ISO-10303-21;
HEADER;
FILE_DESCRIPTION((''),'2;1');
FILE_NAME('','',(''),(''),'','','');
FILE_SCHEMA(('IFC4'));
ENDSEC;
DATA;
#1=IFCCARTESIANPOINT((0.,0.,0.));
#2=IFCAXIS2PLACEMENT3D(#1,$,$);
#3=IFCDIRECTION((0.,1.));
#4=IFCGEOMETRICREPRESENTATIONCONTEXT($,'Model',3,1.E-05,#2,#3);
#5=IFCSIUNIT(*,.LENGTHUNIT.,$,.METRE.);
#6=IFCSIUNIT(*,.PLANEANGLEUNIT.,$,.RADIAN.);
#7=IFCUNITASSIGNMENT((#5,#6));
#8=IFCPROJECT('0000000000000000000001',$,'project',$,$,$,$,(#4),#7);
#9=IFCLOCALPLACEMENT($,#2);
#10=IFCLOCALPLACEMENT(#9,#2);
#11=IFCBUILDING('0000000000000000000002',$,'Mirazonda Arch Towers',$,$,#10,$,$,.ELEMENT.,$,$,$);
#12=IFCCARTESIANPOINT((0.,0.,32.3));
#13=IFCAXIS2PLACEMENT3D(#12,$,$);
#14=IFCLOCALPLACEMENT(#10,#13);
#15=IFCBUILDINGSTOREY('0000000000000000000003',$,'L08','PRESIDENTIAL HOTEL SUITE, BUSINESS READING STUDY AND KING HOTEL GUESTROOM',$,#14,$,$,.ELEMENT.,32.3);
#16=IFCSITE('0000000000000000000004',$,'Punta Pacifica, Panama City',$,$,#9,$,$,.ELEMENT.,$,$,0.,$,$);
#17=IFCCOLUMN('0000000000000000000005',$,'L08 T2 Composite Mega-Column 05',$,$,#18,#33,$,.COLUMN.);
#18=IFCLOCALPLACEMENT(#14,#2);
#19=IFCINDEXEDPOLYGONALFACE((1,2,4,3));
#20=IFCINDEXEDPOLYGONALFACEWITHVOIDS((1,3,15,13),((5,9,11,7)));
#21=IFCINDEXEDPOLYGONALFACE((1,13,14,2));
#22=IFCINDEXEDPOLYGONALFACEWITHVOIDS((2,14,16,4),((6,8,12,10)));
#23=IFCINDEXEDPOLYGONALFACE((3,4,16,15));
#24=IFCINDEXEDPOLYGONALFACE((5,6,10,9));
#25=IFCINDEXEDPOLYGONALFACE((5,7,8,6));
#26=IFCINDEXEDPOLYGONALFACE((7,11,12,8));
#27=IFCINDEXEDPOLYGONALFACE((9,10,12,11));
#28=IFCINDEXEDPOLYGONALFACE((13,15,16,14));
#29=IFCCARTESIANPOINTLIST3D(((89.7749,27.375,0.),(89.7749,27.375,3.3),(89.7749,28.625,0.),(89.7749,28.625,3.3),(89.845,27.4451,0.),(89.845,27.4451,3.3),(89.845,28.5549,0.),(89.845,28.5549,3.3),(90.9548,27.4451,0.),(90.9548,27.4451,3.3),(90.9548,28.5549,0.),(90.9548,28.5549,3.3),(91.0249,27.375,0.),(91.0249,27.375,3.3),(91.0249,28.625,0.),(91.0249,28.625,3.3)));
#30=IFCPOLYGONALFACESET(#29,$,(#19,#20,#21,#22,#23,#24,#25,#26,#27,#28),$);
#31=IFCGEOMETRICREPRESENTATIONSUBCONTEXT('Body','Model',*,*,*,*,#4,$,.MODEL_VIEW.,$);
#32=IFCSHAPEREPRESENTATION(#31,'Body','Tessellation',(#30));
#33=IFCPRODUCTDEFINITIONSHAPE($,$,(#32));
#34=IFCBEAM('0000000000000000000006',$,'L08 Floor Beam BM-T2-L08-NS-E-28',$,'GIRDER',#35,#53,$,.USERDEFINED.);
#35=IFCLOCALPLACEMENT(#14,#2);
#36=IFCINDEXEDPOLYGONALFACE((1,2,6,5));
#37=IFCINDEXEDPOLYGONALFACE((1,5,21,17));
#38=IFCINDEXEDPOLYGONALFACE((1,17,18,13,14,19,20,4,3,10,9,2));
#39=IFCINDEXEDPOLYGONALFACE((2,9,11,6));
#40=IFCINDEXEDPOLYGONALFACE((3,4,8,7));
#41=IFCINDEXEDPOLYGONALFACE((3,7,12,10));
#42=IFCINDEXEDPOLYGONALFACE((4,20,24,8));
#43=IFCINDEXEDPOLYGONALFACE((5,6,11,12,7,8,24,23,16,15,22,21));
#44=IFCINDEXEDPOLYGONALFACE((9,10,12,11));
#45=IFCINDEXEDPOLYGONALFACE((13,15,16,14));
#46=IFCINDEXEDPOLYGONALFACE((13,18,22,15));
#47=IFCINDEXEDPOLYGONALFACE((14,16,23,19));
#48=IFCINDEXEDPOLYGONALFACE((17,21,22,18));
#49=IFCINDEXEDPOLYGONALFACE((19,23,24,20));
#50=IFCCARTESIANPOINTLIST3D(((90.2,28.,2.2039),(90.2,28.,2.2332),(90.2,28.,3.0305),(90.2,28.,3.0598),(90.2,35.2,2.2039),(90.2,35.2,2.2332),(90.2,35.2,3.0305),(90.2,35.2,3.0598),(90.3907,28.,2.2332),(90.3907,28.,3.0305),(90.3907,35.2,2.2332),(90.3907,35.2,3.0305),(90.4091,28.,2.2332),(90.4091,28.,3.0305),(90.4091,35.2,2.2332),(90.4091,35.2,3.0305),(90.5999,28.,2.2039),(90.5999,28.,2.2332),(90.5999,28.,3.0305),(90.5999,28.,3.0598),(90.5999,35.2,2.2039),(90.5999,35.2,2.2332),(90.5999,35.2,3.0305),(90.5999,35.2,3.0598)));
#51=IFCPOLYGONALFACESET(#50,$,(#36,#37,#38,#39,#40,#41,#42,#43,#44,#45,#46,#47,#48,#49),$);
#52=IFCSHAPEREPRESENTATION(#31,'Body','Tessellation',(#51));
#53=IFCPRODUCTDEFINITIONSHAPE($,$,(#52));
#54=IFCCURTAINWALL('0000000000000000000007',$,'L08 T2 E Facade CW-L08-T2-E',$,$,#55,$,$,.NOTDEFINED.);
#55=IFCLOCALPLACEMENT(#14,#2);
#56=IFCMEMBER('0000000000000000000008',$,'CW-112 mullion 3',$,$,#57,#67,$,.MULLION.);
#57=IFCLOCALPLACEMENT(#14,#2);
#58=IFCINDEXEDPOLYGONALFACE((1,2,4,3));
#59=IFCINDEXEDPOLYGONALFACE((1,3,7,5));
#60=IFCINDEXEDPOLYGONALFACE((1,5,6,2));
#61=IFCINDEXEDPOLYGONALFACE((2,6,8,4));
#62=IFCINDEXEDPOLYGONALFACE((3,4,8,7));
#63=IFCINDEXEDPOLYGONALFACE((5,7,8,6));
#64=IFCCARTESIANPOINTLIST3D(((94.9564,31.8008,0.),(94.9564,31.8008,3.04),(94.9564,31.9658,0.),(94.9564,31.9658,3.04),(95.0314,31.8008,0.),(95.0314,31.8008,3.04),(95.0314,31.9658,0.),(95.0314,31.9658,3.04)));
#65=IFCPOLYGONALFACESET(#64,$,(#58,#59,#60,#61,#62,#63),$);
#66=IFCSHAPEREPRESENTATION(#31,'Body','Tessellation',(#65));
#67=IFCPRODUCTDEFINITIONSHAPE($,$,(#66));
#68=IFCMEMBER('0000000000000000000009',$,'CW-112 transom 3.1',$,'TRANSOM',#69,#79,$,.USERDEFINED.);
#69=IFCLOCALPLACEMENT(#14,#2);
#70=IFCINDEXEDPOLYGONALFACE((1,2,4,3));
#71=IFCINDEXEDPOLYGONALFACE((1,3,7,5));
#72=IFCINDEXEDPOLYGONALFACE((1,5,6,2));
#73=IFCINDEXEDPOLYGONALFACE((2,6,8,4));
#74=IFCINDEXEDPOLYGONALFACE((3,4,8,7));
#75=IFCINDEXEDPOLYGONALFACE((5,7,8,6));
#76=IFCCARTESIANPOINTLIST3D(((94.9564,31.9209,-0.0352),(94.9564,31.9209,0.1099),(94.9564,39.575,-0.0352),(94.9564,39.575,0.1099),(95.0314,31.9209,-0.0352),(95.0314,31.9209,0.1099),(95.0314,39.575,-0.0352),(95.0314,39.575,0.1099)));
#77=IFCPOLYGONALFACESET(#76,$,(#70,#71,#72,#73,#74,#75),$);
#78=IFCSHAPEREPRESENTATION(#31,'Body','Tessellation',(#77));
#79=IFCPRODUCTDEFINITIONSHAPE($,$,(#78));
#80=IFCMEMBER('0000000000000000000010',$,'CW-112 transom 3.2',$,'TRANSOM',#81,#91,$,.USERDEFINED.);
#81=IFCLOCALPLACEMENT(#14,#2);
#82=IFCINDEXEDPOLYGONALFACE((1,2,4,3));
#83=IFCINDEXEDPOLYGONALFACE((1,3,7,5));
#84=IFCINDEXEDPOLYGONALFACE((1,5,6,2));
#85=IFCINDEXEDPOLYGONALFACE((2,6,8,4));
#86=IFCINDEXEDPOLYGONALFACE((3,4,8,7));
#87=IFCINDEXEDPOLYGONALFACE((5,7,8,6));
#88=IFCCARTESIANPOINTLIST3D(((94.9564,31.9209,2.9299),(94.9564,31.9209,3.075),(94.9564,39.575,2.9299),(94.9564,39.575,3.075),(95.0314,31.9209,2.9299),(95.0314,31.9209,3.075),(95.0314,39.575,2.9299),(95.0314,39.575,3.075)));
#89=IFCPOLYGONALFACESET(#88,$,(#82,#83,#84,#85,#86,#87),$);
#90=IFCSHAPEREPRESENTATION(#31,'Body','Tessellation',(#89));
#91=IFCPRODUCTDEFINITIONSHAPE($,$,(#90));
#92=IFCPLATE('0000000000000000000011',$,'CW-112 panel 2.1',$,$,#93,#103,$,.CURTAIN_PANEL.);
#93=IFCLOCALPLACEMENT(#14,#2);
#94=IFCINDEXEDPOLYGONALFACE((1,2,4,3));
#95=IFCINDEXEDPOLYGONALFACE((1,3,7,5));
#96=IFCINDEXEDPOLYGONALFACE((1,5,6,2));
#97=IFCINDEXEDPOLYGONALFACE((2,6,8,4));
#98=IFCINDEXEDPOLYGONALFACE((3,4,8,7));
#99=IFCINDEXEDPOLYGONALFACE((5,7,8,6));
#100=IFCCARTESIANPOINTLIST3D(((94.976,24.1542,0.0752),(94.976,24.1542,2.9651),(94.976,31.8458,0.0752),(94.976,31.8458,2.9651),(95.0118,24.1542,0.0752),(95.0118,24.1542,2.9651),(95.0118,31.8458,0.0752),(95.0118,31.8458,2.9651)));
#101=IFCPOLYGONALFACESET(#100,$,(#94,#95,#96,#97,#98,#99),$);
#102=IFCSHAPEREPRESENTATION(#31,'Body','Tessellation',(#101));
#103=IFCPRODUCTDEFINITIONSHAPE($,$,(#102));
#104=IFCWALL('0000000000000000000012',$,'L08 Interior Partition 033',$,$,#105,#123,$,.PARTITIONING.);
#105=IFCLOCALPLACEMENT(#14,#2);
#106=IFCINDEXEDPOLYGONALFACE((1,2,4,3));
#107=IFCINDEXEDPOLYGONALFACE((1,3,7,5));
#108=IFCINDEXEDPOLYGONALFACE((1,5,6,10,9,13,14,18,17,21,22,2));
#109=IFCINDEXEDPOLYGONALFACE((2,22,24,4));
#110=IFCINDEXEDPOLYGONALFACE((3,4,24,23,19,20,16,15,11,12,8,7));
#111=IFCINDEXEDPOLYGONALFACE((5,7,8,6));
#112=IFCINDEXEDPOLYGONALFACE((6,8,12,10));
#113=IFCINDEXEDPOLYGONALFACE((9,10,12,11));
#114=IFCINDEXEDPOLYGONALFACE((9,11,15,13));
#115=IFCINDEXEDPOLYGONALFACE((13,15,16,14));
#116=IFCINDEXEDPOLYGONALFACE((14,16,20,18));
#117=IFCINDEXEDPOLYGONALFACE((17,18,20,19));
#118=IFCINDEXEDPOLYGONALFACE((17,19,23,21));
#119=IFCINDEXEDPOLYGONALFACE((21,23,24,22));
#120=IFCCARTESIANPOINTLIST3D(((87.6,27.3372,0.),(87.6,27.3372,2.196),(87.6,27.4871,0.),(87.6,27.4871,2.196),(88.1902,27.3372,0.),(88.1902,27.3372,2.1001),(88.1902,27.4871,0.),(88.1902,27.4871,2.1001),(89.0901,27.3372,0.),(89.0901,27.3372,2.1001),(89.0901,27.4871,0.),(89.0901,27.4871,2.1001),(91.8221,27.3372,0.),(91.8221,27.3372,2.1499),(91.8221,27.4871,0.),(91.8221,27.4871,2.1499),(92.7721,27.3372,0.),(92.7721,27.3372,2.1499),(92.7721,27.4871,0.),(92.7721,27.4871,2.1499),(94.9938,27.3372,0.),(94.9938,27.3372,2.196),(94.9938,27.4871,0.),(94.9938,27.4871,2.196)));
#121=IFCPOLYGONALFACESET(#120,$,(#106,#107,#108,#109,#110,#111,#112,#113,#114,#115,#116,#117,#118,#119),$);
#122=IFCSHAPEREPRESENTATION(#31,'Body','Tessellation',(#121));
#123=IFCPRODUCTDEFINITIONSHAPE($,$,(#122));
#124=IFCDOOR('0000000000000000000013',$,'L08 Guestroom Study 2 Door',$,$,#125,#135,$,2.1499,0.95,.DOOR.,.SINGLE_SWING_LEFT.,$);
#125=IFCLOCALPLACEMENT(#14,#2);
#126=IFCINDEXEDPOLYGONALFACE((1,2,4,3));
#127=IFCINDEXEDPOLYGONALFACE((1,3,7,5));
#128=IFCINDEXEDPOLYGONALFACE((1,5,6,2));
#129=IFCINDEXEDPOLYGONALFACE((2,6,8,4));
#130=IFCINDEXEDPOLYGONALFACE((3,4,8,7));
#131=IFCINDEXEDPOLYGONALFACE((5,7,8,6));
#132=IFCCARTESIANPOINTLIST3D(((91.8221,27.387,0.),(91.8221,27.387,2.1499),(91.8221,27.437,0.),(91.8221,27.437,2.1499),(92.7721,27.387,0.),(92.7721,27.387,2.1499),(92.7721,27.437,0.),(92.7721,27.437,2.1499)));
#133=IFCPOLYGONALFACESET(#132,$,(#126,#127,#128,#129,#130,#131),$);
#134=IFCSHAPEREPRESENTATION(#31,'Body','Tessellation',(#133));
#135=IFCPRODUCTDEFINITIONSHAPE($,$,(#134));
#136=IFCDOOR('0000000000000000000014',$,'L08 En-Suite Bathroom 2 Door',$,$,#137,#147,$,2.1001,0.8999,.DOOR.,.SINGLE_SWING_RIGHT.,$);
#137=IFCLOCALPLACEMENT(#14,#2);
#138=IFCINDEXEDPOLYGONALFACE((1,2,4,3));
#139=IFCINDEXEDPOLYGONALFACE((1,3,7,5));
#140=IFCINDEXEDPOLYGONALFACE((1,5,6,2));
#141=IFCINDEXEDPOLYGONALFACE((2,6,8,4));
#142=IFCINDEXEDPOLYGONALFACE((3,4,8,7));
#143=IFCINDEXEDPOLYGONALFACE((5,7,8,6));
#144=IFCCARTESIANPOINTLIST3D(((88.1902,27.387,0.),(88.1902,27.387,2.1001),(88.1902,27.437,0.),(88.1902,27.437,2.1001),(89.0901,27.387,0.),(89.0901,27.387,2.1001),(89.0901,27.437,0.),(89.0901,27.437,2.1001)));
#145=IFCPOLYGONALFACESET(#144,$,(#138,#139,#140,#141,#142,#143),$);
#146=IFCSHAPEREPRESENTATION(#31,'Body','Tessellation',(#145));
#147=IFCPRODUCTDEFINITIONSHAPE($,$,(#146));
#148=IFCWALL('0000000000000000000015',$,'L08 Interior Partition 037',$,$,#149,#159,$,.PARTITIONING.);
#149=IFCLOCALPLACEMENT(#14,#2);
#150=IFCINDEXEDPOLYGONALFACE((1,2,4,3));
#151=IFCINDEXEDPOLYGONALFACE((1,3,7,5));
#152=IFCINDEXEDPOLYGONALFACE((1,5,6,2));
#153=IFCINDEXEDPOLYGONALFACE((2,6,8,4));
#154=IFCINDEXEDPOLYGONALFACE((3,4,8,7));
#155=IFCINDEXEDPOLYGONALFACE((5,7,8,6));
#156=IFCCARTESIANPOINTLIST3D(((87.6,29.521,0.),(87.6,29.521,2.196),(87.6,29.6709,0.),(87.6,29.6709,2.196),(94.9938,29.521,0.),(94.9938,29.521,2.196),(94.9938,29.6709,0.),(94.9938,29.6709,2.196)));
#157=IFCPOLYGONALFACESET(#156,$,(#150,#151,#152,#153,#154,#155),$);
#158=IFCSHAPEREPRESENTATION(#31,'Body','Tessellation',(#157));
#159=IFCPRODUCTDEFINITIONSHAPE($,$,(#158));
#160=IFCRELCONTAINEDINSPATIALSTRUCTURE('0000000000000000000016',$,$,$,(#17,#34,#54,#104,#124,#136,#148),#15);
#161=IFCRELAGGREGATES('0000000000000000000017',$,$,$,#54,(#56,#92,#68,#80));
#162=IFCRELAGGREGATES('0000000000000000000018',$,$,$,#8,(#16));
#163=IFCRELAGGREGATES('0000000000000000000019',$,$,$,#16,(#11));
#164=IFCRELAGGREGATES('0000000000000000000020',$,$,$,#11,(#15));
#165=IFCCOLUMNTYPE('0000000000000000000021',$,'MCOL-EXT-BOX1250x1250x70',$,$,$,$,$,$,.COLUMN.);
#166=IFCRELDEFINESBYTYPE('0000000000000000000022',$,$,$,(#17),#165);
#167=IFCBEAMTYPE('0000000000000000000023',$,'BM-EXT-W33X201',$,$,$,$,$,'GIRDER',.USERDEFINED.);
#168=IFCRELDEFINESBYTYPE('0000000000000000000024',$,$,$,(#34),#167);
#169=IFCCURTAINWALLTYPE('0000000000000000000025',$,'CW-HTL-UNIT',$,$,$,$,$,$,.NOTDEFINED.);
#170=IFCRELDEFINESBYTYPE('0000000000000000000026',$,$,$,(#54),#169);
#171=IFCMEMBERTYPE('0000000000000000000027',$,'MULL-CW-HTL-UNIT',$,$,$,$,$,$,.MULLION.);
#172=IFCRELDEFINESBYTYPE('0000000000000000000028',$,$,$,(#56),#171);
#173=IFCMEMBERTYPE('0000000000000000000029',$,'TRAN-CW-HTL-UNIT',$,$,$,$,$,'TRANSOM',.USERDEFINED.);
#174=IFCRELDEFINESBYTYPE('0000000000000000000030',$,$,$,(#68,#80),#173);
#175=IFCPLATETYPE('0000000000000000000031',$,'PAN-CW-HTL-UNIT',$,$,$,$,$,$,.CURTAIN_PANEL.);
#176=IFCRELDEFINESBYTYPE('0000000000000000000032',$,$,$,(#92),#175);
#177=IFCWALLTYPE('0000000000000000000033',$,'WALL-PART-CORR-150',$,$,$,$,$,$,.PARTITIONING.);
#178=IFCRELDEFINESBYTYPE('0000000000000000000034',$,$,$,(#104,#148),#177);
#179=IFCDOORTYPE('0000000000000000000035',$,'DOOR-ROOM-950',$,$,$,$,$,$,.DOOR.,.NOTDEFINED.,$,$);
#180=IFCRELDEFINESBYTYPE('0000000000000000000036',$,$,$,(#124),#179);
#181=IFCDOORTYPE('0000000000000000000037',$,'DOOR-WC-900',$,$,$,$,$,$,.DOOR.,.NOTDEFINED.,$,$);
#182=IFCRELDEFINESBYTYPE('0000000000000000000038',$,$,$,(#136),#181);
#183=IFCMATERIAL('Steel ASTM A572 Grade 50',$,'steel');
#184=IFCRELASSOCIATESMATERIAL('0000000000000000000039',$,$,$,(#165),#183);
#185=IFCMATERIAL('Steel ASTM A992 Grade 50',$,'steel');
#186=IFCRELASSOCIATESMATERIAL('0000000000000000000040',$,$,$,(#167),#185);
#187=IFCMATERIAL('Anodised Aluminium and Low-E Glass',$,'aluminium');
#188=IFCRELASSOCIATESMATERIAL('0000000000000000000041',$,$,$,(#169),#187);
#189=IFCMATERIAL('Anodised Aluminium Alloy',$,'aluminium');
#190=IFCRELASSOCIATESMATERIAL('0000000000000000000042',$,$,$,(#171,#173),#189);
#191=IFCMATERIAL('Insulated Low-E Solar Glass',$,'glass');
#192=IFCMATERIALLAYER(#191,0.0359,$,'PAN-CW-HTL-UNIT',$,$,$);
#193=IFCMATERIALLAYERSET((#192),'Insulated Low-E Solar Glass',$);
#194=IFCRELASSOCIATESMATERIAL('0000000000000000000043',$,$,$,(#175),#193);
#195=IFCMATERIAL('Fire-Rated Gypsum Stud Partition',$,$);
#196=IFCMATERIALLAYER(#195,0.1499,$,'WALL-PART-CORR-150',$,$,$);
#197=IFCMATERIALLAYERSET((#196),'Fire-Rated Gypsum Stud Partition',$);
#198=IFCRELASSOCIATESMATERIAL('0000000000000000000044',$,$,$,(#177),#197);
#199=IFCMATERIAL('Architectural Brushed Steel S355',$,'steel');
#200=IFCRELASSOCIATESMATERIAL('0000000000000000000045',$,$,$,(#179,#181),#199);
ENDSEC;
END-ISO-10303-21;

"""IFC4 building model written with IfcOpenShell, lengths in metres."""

from ifc_helpers import new_model, si_unit, direction, frame, frame_2d, origin, origin_2d, place, context, subcontext, project, spatial, rectangle, hollow_rectangle, i_section, extrude, material, layer, layer_set, material_profile, profile_set, type_object, element, fill, aggregate, save


model = new_model("IFC4")

# Units and contexts
model_context = context("Model", 3, precision=1e-05, world=origin(), true_north=direction((0.0, 1.0)))
body_context = subcontext(model_context, "Body", "Model", "MODEL_VIEW")
ifc_project = project(units=[si_unit("LENGTHUNIT", "METRE"), si_unit("PLANEANGLEUNIT", "RADIAN")], contexts=[model_context])

# Site, building, storey
site_placement = place(None, origin())
site = spatial("IfcSite", under=ifc_project, at=site_placement, Name="Punta Pacifica, Panama City", CompositionType="ELEMENT", RefElevation=0.0)
building_placement = place(site_placement, origin())
building = spatial("IfcBuilding", under=site, at=building_placement, Name="Mirazonda Arch Towers", CompositionType="ELEMENT")
storey_placement = place(building_placement, frame((0.0, 0.0, 32.3)))
storey = spatial("IfcBuildingStorey", under=building, at=storey_placement, Name="L08", Description="PRESIDENTIAL HOTEL SUITE, BUSINESS READING STUDY AND KING HOTEL GUESTROOM", CompositionType="ELEMENT", Elevation=32.3)

# Column
ifc_material_1 = material(Name="Steel ASTM A572 Grade 50", Category="steel")
ifc_material_profile_1 = material_profile(ifc_material_1, hollow_rectangle(XDim=1.25, YDim=1.25, WallThickness=0.0701, at=origin_2d()), Name="BOX1250x1250x70")
ifc_profile_set_1 = profile_set([ifc_material_profile_1], Name="Steel ASTM A572 Grade 50")
column_type = type_object("IfcColumnType", Name="MCOL-EXT-BOX1250x1250x70", PredefinedType="COLUMN", material=ifc_profile_set_1)
column_placement = place(storey_placement, frame((90.3999, 28.0, 0.0), z_axis=(0.0, 0.0, 1.0), x_axis=(1.0, 0.0, 0.0)))
element("IfcColumn", 1, at=column_placement, inside=storey, type_object=column_type, Name="L08 T2 Composite Mega-Column 05", PredefinedType="COLUMN", context=body_context, shape_type="SweptSolid", body=[
    extrude(hollow_rectangle(XDim=1.25, YDim=1.25, WallThickness=0.0701, at=origin_2d()), origin(), (0.0, 0.0, 1.0), 3.3),
])

# Beam
ifc_material_2 = material(Name="Steel ASTM A992 Grade 50", Category="steel")
ifc_material_profile_2 = material_profile(ifc_material_2, i_section(OverallWidth=0.3999, OverallDepth=0.856, WebThickness=0.0183, FlangeThickness=0.0293, at=origin_2d()), Name="W33X201")
ifc_profile_set_2 = profile_set([ifc_material_profile_2], Name="Steel ASTM A992 Grade 50")
beam_type = type_object("IfcBeamType", Name="BM-EXT-W33X201", ElementType="GIRDER", PredefinedType="USERDEFINED", material=ifc_profile_set_2)
beam_placement = place(storey_placement, frame((90.3999, 28.0, 2.6318), z_axis=(0.0, 1.0, 0.0), x_axis=(-1.0, 0.0, 0.0)))
element("IfcBeam", 2, at=beam_placement, inside=storey, type_object=beam_type, Name="L08 Floor Beam BM-T2-L08-NS-E-28", ObjectType="GIRDER", PredefinedType="USERDEFINED", context=body_context, shape_type="SweptSolid", body=[
    extrude(i_section(OverallWidth=0.3999, OverallDepth=0.856, WebThickness=0.0183, FlangeThickness=0.0293, at=origin_2d()), origin(), (0.0, 0.0, 1.0), 7.2),
])

# Curtain wall, members, plate
ifc_material_3 = material(Name="Anodised Aluminium and Low-E Glass", Category="aluminium")
curtain_wall_type = type_object("IfcCurtainWallType", Name="CW-HTL-UNIT", PredefinedType="NOTDEFINED", material=ifc_material_3)
curtain_wall_placement = place(storey_placement, origin())
curtain_wall = element("IfcCurtainWall", 3, at=curtain_wall_placement, inside=storey, type_object=curtain_wall_type, Name="L08 T2 E Facade CW-L08-T2-E", PredefinedType="NOTDEFINED")
ifc_material_4 = material(Name="Anodised Aluminium Alloy", Category="aluminium")
ifc_material_profile_3 = material_profile(ifc_material_4, rectangle(XDim=0.075, YDim=0.165, at=origin_2d()), Name="ALU-MULL-75x165")
ifc_profile_set_3 = profile_set([ifc_material_profile_3], Name="Anodised Aluminium Alloy")
member_type_1 = type_object("IfcMemberType", Name="MULL-CW-HTL-UNIT", PredefinedType="MULLION", material=ifc_profile_set_3)
member_1_placement = place(storey_placement, frame((94.9939, 31.8833, 0.0), z_axis=(0.0, 0.0, 1.0), x_axis=(-1.0, 0.0, 0.0)))
member_1 = element("IfcMember", 4, at=member_1_placement, type_object=member_type_1, Name="CW-112 mullion 3", PredefinedType="MULLION", context=body_context, shape_type="SweptSolid", body=[
    extrude(rectangle(XDim=0.075, YDim=0.165, at=origin_2d()), origin(), (0.0, 0.0, 1.0), 3.04),
])
ifc_material_profile_4 = material_profile(ifc_material_4, rectangle(XDim=0.075, YDim=0.145, at=origin_2d()), Name="ALU-TRAN-75x145")
ifc_profile_set_4 = profile_set([ifc_material_profile_4], Name="Anodised Aluminium Alloy")
member_type_2 = type_object("IfcMemberType", Name="TRAN-CW-HTL-UNIT", ElementType="TRANSOM", PredefinedType="USERDEFINED", material=ifc_profile_set_4)
member_2_placement = place(storey_placement, frame((94.9939, 31.9209, 0.0374), z_axis=(0.0, 1.0, 0.0), x_axis=(-1.0, 0.0, 0.0)))
member_2 = element("IfcMember", 5, at=member_2_placement, type_object=member_type_2, Name="CW-112 transom 3.1", ObjectType="TRANSOM", PredefinedType="USERDEFINED", context=body_context, shape_type="SweptSolid", body=[
    extrude(rectangle(XDim=0.075, YDim=0.145, at=origin_2d()), origin(), (0.0, 0.0, 1.0), 7.6541),
])
member_3_placement = place(storey_placement, frame((94.9939, 31.9209, 3.0024), z_axis=(0.0, 1.0, 0.0), x_axis=(-1.0, 0.0, 0.0)))
member_3 = element("IfcMember", 6, at=member_3_placement, type_object=member_type_2, Name="CW-112 transom 3.2", ObjectType="TRANSOM", PredefinedType="USERDEFINED", context=body_context, shape_type="SweptSolid", body=[
    extrude(rectangle(XDim=0.075, YDim=0.145, at=origin_2d()), origin(), (0.0, 0.0, 1.0), 7.6541),
])
ifc_material_5 = material(Name="Insulated Low-E Solar Glass", Category="glass")
ifc_layer_1 = layer(ifc_material_5, 0.0359, Name="PAN-CW-HTL-UNIT")
ifc_layer_set_1 = layer_set([ifc_layer_1], Name="Insulated Low-E Solar Glass")
plate_type = type_object("IfcPlateType", Name="PAN-CW-HTL-UNIT", PredefinedType="CURTAIN_PANEL", material=ifc_layer_set_1)
plate_placement = place(storey_placement, frame((94.9939, 28.0, 0.0752), z_axis=(0.0, 0.0, 1.0), x_axis=(0.0, 1.0, 0.0)))
plate = element("IfcPlate", 7, at=plate_placement, type_object=plate_type, Name="CW-112 panel 2.1", PredefinedType="CURTAIN_PANEL", context=body_context, shape_type="SweptSolid", body=[
    extrude(rectangle(XDim=7.6917, YDim=0.0359, at=origin_2d()), origin(), (0.0, 0.0, 1.0), 2.8899),
])
aggregate(curtain_wall, [member_1, plate, member_2, member_3])

# Wall, openings, doors
ifc_material_6 = material(Name="Fire-Rated Gypsum Stud Partition")
ifc_layer_2 = layer(ifc_material_6, 0.1499, Name="WALL-PART-CORR-150")
ifc_layer_set_2 = layer_set([ifc_layer_2], Name="Fire-Rated Gypsum Stud Partition")
wall_type_1 = type_object("IfcWallType", Name="WALL-PART-CORR-150", PredefinedType="PARTITIONING", material=ifc_layer_set_2)
wall_1_placement = place(storey_placement, frame((87.6001, 27.4121, 0.0), z_axis=(0.0, 0.0, 1.0), x_axis=(1.0, 0.0, 0.0)))
wall_1 = element("IfcWall", 8, at=wall_1_placement, inside=storey, type_object=wall_type_1, Name="L08 Interior Partition 033", PredefinedType="PARTITIONING", context=body_context, shape_type="SweptSolid", body=[
    extrude(rectangle(XDim=7.3938, YDim=0.1499, at=frame_2d((3.6968, 0.0))), origin(), (0.0, 0.0, 1.0), 2.196),
])
opening_1_placement = place(wall_1_placement, frame((4.2219, 0.0, 0.0)))
opening_1 = element("IfcOpeningElement", 9, at=opening_1_placement, cuts=wall_1, PredefinedType="OPENING", context=body_context, shape_type="SweptSolid", body=[
    extrude(rectangle(XDim=0.95, YDim=2.1499, at=frame_2d((0.4751, 1.075))), frame((0.0, 0.085, 0.0), z_axis=(0.0, -1.0, 0.0), x_axis=(1.0, 0.0, 0.0)), (0.0, 0.0, 1.0), 0.1699),
])
opening_2_placement = place(wall_1_placement, frame((0.5901, 0.0, 0.0)))
opening_2 = element("IfcOpeningElement", 10, at=opening_2_placement, cuts=wall_1, PredefinedType="OPENING", context=body_context, shape_type="SweptSolid", body=[
    extrude(rectangle(XDim=0.8999, YDim=2.1001, at=frame_2d((0.45, 1.05))), frame((0.0, 0.085, 0.0), z_axis=(0.0, -1.0, 0.0), x_axis=(1.0, 0.0, 0.0)), (0.0, 0.0, 1.0), 0.1699),
])
ifc_material_7 = material(Name="Architectural Brushed Steel S355", Category="steel")
door_type_1 = type_object("IfcDoorType", Name="DOOR-ROOM-950", OperationType="NOTDEFINED", PredefinedType="DOOR", material=ifc_material_7)
door_1_placement = place(opening_1_placement, origin())
door_1 = element("IfcDoor", 11, at=door_1_placement, inside=storey, type_object=door_type_1, Name="L08 Guestroom Study 2 Door", OperationType="SINGLE_SWING_LEFT", OverallHeight=2.1499, OverallWidth=0.95, PredefinedType="DOOR", context=body_context, shape_type="SweptSolid", body=[
    extrude(rectangle(XDim=0.95, YDim=2.1499, at=frame_2d((0.4751, 1.075))), frame((0.0, 0.0249, 0.0), z_axis=(0.0, -1.0, 0.0), x_axis=(1.0, 0.0, 0.0)), (0.0, 0.0, 1.0), 0.05),
])
fill(opening_1, door_1)
door_type_2 = type_object("IfcDoorType", Name="DOOR-WC-900", OperationType="NOTDEFINED", PredefinedType="DOOR", material=ifc_material_7)
door_2_placement = place(opening_2_placement, origin())
door_2 = element("IfcDoor", 12, at=door_2_placement, inside=storey, type_object=door_type_2, Name="L08 En-Suite Bathroom 2 Door", OperationType="SINGLE_SWING_RIGHT", OverallHeight=2.1001, OverallWidth=0.8999, PredefinedType="DOOR", context=body_context, shape_type="SweptSolid", body=[
    extrude(rectangle(XDim=0.8999, YDim=2.1001, at=frame_2d((0.45, 1.05))), frame((0.0, 0.0249, 0.0), z_axis=(0.0, -1.0, 0.0), x_axis=(1.0, 0.0, 0.0)), (0.0, 0.0, 1.0), 0.05),
])
fill(opening_2, door_2)

# Wall
wall_2_placement = place(storey_placement, frame((87.6001, 29.5959, 0.0), z_axis=(0.0, 0.0, 1.0), x_axis=(1.0, 0.0, 0.0)))
element("IfcWall", 13, at=wall_2_placement, inside=storey, type_object=wall_type_1, Name="L08 Interior Partition 037", PredefinedType="PARTITIONING", context=body_context, shape_type="SweptSolid", body=[
    extrude(rectangle(XDim=7.3938, YDim=0.1499, at=frame_2d((3.6968, 0.0))), origin(), (0.0, 0.0, 1.0), 2.196),
])

save(model, "model.ifc")
